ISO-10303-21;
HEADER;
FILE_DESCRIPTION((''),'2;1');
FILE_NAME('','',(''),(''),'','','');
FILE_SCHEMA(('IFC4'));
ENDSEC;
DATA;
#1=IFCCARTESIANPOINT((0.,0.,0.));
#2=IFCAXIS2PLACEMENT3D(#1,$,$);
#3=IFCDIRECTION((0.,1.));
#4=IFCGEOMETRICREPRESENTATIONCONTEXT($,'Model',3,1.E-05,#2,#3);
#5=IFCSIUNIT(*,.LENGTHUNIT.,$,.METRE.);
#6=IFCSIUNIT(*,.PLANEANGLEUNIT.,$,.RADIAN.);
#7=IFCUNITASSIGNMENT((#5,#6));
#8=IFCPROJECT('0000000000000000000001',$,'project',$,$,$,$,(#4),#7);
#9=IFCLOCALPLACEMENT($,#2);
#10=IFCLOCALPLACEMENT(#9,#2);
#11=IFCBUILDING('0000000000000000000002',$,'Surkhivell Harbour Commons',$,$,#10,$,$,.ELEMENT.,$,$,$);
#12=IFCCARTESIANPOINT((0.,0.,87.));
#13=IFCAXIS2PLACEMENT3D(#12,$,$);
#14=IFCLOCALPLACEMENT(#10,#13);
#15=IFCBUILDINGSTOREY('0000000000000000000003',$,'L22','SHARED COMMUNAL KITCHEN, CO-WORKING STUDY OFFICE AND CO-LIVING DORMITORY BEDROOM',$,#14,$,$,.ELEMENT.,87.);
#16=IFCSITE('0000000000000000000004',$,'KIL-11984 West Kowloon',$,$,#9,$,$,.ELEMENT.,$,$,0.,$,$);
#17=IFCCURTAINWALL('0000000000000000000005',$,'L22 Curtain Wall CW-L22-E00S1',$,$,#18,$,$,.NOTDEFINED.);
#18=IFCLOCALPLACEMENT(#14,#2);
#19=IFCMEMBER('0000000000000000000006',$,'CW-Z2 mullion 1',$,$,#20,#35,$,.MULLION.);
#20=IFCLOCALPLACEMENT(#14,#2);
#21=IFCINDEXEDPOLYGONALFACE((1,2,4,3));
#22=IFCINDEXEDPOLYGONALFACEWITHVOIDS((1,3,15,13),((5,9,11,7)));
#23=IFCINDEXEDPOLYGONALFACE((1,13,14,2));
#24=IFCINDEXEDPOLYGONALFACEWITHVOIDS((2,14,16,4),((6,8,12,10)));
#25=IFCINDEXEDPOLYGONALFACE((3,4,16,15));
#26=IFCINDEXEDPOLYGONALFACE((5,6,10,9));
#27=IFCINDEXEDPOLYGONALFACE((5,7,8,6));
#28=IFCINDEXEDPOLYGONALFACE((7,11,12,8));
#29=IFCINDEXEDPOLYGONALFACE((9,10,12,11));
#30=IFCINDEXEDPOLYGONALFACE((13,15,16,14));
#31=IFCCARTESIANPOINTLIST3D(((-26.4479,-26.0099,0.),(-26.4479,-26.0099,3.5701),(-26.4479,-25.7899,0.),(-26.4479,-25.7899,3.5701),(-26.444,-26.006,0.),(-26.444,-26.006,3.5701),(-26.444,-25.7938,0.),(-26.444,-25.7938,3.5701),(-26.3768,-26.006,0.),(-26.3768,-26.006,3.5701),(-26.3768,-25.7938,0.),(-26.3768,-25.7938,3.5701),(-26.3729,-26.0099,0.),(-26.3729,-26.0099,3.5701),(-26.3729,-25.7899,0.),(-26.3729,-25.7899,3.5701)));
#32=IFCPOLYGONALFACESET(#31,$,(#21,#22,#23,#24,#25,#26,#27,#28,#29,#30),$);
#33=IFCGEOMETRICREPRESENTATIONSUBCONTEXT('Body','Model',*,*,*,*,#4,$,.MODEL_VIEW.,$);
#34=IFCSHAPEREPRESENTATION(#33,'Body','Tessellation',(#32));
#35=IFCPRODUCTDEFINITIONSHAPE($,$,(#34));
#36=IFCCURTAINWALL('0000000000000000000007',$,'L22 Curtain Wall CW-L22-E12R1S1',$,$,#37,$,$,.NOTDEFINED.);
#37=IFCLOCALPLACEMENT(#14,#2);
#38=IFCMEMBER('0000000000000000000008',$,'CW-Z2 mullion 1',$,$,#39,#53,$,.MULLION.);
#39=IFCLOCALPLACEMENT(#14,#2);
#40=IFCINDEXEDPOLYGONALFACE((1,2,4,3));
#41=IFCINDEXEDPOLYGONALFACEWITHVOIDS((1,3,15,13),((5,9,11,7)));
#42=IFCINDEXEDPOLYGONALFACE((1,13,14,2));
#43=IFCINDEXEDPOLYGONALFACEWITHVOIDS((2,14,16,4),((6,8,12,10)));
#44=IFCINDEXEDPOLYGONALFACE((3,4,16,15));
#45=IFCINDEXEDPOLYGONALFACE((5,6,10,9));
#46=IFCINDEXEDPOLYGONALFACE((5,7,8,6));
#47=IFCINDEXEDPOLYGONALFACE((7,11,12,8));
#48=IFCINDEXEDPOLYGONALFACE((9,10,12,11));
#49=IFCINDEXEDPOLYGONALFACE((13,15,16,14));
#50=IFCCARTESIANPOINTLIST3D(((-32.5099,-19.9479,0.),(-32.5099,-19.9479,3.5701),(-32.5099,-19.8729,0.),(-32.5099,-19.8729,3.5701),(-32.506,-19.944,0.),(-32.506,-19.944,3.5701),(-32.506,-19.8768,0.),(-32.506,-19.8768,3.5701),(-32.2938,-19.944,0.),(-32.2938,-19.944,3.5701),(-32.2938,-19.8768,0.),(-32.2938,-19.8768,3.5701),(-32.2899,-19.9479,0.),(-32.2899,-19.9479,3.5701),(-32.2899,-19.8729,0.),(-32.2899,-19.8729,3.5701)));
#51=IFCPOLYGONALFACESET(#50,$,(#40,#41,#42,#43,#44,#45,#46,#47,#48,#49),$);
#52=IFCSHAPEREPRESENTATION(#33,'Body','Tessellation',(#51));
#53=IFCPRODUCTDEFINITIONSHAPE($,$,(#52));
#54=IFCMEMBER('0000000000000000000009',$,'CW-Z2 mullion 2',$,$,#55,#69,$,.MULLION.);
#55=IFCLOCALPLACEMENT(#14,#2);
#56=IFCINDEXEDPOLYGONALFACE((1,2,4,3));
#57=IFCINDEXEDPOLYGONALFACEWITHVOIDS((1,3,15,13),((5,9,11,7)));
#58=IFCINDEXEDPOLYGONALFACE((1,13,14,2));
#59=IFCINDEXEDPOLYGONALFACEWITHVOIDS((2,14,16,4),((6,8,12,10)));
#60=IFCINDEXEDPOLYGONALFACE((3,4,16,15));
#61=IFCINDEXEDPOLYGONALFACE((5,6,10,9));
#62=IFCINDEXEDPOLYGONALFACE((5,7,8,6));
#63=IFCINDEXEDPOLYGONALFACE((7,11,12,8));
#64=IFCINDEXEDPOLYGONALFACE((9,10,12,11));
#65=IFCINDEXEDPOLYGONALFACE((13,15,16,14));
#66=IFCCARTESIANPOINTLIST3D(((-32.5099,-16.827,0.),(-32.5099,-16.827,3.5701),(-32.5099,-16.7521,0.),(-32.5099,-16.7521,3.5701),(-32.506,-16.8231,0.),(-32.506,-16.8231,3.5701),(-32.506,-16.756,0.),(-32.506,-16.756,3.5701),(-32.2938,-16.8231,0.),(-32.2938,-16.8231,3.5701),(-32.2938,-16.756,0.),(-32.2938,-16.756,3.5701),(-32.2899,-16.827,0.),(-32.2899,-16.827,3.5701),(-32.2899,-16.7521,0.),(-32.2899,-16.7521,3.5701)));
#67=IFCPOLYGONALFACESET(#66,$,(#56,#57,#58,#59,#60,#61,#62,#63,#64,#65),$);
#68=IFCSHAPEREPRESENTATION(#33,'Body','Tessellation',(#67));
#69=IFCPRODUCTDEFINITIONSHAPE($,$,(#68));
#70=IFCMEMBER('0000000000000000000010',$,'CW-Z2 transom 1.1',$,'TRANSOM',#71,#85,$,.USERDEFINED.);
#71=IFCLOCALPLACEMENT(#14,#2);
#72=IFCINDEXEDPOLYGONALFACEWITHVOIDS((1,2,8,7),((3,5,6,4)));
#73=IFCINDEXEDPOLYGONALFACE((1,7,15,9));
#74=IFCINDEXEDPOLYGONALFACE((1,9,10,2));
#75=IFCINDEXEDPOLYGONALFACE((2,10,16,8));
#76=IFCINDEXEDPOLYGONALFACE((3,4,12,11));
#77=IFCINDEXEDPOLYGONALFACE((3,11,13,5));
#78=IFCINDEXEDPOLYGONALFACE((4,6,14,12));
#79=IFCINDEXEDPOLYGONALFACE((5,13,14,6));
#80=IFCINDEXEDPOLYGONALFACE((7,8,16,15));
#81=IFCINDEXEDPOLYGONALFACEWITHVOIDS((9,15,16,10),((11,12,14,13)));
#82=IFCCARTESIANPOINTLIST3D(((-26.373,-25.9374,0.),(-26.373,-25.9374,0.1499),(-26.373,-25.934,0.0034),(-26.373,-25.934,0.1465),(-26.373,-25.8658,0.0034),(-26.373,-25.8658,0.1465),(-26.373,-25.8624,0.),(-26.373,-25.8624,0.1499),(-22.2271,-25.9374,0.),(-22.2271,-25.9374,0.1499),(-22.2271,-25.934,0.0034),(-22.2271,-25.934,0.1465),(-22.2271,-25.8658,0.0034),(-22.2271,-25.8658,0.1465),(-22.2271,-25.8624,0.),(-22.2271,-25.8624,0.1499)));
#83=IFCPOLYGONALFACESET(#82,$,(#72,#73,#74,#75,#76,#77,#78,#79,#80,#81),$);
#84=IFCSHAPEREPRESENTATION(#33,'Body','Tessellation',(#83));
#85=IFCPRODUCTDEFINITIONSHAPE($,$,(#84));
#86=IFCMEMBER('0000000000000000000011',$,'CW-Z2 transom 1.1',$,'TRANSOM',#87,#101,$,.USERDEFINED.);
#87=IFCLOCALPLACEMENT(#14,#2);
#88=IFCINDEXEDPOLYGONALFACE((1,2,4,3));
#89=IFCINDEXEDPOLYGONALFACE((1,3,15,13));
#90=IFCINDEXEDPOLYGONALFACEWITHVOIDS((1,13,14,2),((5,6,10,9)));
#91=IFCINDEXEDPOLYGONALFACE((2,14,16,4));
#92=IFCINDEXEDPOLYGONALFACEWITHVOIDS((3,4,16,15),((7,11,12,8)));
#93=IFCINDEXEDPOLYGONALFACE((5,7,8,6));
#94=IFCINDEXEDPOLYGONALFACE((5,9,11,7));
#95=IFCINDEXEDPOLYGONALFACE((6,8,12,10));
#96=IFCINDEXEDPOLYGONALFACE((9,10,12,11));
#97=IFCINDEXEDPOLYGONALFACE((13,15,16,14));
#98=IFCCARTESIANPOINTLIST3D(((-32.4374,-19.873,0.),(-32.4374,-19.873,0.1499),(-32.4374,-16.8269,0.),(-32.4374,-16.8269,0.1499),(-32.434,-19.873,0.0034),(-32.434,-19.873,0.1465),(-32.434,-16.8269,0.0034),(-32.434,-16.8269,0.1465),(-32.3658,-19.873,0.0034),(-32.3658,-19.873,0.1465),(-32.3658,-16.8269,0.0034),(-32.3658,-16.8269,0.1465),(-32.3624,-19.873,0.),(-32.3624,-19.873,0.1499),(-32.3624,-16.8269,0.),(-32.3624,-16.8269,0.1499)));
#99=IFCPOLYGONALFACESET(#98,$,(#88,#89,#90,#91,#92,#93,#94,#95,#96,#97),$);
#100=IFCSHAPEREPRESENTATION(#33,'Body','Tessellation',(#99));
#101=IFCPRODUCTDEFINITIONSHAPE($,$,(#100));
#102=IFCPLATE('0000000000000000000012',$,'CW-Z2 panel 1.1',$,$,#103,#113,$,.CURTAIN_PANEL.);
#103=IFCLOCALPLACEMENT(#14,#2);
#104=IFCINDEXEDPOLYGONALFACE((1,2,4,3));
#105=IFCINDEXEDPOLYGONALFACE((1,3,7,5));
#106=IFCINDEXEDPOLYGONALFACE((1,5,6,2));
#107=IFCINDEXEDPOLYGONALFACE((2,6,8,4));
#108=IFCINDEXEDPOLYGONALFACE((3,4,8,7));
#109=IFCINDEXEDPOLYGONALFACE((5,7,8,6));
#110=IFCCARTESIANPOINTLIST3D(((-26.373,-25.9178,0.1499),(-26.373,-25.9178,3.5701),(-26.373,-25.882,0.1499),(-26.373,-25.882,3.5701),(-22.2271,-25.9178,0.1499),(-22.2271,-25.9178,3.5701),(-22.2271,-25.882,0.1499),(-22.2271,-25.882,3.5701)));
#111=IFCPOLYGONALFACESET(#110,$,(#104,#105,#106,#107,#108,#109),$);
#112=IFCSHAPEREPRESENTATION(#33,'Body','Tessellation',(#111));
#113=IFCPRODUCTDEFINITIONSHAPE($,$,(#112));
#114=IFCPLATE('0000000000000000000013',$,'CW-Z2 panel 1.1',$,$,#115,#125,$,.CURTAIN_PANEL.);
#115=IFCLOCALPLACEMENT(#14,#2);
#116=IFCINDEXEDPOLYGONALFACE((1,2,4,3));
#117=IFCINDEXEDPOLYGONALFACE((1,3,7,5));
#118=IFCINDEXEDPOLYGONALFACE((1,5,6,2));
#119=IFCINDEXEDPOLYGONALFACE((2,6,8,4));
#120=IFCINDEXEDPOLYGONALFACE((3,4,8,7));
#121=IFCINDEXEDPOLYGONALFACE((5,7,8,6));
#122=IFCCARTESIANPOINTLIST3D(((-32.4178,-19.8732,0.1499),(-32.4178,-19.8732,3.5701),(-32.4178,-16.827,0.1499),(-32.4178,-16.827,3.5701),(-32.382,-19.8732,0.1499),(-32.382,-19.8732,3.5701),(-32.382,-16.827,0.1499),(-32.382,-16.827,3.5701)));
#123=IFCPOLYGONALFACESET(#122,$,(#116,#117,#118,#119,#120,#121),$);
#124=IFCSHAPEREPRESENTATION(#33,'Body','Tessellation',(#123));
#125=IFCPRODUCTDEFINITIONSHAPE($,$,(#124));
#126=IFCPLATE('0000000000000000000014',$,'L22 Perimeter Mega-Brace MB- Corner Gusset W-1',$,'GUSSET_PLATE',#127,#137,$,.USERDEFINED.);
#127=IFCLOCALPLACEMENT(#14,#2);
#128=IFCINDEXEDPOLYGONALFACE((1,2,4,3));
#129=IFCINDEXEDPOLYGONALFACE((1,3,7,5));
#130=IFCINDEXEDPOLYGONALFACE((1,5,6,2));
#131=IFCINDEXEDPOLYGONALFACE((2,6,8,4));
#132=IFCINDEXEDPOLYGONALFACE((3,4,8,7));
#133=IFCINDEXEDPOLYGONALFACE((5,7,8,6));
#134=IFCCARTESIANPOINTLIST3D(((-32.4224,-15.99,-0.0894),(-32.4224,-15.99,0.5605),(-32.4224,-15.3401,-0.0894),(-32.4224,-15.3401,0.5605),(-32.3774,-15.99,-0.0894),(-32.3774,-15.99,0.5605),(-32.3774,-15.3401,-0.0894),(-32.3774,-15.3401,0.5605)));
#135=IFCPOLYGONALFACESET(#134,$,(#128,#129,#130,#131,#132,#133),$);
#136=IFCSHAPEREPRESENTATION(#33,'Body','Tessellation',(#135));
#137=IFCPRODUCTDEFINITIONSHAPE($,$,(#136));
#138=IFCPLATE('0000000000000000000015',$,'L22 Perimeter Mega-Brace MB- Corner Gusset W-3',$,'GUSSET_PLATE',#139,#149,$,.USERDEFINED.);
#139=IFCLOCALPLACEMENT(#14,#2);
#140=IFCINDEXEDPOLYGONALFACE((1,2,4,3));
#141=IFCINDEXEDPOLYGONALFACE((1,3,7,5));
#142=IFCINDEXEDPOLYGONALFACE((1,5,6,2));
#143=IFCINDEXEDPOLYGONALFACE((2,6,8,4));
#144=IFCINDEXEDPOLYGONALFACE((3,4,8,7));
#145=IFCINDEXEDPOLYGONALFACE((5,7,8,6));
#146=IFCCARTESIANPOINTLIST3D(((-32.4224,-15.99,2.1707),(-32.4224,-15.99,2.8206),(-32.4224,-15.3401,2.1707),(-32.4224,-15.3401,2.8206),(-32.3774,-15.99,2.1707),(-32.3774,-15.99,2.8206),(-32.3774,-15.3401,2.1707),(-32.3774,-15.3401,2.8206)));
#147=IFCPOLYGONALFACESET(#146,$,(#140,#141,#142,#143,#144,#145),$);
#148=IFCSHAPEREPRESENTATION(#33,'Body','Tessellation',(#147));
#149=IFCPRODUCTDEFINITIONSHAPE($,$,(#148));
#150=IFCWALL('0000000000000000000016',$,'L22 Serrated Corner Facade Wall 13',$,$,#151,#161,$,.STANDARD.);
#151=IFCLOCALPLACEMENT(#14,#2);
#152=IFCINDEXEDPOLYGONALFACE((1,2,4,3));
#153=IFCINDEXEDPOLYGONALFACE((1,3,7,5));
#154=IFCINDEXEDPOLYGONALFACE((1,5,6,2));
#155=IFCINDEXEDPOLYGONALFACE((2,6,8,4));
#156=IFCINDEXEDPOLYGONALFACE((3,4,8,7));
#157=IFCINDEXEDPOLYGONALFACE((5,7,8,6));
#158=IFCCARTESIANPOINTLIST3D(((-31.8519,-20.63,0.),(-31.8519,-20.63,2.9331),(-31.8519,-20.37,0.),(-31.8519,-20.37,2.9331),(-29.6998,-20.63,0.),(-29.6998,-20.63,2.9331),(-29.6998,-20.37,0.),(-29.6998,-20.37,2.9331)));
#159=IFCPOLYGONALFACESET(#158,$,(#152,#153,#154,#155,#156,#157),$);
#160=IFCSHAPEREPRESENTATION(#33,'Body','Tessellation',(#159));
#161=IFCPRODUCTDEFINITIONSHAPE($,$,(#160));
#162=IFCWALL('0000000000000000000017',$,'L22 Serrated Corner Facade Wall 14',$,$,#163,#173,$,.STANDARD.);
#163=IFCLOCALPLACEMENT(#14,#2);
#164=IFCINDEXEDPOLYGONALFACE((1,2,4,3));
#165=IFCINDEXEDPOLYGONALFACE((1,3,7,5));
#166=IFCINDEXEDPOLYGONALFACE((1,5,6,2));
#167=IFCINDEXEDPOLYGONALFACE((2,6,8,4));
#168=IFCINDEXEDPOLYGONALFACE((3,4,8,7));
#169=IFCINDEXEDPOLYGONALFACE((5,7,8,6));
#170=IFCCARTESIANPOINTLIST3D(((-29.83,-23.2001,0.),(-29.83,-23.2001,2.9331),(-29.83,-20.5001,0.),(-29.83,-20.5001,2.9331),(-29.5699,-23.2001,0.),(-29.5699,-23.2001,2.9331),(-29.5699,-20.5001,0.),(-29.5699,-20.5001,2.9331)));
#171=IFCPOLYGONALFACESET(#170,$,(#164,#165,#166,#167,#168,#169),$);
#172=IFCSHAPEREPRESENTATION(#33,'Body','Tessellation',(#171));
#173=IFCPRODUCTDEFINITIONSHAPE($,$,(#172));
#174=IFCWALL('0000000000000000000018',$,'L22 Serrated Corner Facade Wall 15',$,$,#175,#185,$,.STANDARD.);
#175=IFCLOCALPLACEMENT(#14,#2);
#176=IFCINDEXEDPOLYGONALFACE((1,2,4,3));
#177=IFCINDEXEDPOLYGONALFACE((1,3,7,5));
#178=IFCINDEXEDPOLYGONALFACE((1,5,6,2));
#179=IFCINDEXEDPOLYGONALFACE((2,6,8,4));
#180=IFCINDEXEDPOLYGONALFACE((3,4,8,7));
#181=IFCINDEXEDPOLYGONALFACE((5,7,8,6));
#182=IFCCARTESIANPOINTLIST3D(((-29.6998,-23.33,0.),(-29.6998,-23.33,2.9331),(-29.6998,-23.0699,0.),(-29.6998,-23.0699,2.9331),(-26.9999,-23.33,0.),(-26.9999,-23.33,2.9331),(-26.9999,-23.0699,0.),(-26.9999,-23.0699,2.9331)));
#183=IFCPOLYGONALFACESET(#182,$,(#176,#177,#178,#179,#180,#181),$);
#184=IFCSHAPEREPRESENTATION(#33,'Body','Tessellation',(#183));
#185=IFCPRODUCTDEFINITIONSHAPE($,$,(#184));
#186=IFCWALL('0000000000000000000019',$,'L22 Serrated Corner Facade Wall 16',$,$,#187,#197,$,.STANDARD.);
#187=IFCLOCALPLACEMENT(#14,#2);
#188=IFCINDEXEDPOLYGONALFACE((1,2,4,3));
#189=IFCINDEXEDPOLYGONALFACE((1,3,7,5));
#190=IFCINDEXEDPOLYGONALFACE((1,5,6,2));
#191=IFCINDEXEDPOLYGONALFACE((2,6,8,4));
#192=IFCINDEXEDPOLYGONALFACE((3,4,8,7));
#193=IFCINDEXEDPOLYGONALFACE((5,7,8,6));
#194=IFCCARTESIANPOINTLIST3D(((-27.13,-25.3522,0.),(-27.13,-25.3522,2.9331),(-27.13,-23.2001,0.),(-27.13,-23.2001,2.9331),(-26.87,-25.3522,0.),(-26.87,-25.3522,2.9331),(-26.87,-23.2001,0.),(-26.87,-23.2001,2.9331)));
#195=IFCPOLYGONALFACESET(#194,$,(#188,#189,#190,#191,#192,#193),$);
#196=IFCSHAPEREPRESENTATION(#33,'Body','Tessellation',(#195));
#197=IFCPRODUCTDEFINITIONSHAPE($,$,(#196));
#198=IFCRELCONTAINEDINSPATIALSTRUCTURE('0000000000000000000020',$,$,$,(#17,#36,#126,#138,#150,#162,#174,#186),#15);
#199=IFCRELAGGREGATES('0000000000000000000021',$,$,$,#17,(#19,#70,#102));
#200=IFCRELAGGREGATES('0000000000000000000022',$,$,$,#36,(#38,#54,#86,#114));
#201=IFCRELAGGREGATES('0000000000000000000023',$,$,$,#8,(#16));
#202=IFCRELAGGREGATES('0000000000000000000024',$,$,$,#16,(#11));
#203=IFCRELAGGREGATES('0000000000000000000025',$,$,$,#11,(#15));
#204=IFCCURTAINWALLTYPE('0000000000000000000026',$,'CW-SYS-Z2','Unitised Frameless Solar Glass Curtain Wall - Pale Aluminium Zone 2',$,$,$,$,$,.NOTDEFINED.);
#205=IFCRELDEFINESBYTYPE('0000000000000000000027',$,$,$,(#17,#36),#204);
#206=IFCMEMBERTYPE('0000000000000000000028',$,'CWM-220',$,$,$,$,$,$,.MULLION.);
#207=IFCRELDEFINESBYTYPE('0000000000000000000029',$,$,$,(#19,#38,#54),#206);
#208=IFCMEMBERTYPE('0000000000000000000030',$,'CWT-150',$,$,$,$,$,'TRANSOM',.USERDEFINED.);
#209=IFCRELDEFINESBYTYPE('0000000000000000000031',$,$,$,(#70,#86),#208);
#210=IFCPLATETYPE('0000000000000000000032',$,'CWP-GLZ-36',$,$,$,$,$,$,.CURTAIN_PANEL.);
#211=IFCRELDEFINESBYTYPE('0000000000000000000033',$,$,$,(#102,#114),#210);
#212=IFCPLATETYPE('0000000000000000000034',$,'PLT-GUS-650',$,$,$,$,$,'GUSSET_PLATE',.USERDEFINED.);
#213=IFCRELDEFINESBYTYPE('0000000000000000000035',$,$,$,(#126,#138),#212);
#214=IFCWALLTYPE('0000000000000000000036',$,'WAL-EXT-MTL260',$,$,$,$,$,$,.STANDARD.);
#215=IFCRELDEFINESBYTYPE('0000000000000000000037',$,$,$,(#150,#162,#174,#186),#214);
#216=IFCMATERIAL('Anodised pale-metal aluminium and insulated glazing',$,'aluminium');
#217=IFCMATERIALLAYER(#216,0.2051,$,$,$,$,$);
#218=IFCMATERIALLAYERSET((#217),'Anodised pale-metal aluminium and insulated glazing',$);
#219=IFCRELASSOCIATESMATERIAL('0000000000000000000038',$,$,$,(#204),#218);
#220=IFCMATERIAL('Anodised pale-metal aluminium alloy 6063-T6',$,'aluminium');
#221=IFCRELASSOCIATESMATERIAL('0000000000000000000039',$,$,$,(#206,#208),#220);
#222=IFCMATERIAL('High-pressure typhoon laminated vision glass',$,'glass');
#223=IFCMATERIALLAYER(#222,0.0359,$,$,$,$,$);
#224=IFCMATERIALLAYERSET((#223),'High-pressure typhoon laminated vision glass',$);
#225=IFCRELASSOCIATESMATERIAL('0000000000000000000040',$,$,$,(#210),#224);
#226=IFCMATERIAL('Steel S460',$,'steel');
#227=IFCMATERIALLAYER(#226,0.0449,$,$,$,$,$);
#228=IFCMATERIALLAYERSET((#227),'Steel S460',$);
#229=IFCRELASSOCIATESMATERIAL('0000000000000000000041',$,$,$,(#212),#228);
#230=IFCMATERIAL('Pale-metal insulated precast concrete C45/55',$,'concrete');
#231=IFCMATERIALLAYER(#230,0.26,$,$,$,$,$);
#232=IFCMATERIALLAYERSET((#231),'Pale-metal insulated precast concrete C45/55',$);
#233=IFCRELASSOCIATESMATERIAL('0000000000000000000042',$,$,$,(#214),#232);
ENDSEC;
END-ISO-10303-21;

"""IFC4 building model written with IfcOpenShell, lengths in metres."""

from ifc_helpers import new_model, si_unit, direction, frame, frame_2d, origin, origin_2d, place, context, subcontext, project, spatial, rectangle, hollow_rectangle, extrude, material, layer, layer_set, material_profile, profile_set, type_object, element, aggregate, save


model = new_model("IFC4")

# Units and contexts
model_context = context("Model", 3, precision=1e-05, world=origin(), true_north=direction((0.0, 1.0)))
body_context = subcontext(model_context, "Body", "Model", "MODEL_VIEW")
ifc_project = project(units=[si_unit("LENGTHUNIT", "METRE"), si_unit("PLANEANGLEUNIT", "RADIAN")], contexts=[model_context])

# Site, building, storey
site_placement = place(None, origin())
site = spatial("IfcSite", under=ifc_project, at=site_placement, Name="KIL-11984 West Kowloon", CompositionType="ELEMENT", RefElevation=0.0)
building_placement = place(site_placement, origin())
building = spatial("IfcBuilding", under=site, at=building_placement, Name="Surkhivell Harbour Commons", CompositionType="ELEMENT")
storey_placement = place(building_placement, frame((0.0, 0.0, 87.0)))
storey = spatial("IfcBuildingStorey", under=building, at=storey_placement, Name="L22", Description="SHARED COMMUNAL KITCHEN, CO-WORKING STUDY OFFICE AND CO-LIVING DORMITORY BEDROOM", CompositionType="ELEMENT", Elevation=87.0)

# Shared definitions
ifc_material_1 = material(Name="Steel S460", Category="steel")

# Curtain wall, member
ifc_material_2 = material(Name="Anodised pale-metal aluminium and insulated glazing", Category="aluminium")
ifc_layer_1 = layer(ifc_material_2, 0.2051)
ifc_layer_set_1 = layer_set([ifc_layer_1], Name="Anodised pale-metal aluminium and insulated glazing")
curtain_wall_type = type_object("IfcCurtainWallType", Name="CW-SYS-Z2", Description="Unitised Frameless Solar Glass Curtain Wall - Pale Aluminium Zone 2", PredefinedType="NOTDEFINED", material=ifc_layer_set_1)
curtain_wall_1_placement = place(storey_placement, origin())
curtain_wall_1 = element("IfcCurtainWall", 1, at=curtain_wall_1_placement, inside=storey, type_object=curtain_wall_type, Name="L22 Curtain Wall CW-L22-E00S1", PredefinedType="NOTDEFINED")
ifc_material_3 = material(Name="Anodised pale-metal aluminium alloy 6063-T6", Category="aluminium")
ifc_material_profile_1 = material_profile(ifc_material_3, hollow_rectangle(XDim=0.075, YDim=0.22, WallThickness=0.0039, at=origin_2d()), Name="ALU-MULL-75x220")
ifc_profile_set_1 = profile_set([ifc_material_profile_1], Name="Anodised pale-metal aluminium alloy 6063-T6")
member_type_1 = type_object("IfcMemberType", Name="CWM-220", PredefinedType="MULLION", material=ifc_profile_set_1)
member_1_placement = place(storey_placement, frame((-26.4104, -25.8999, 0.0), z_axis=(0.0, 0.0, 1.0), x_axis=(1.0, 0.0, 0.0)))
member_1 = element("IfcMember", 2, at=member_1_placement, type_object=member_type_1, Name="CW-Z2 mullion 1", PredefinedType="MULLION", context=body_context, shape_type="SweptSolid", body=[
    extrude(hollow_rectangle(XDim=0.075, YDim=0.22, WallThickness=0.0039, at=origin_2d()), origin(), (0.0, 0.0, 1.0), 3.5701),
])

# Curtain wall, members
curtain_wall_2_placement = place(storey_placement, origin())
curtain_wall_2 = element("IfcCurtainWall", 3, at=curtain_wall_2_placement, inside=storey, type_object=curtain_wall_type, Name="L22 Curtain Wall CW-L22-E12R1S1", PredefinedType="NOTDEFINED")
member_2_placement = place(storey_placement, frame((-32.3999, -19.9104, 0.0), z_axis=(0.0, 0.0, 1.0), x_axis=(0.0, 1.0, 0.0)))
member_2 = element("IfcMember", 4, at=member_2_placement, type_object=member_type_1, Name="CW-Z2 mullion 1", PredefinedType="MULLION", context=body_context, shape_type="SweptSolid", body=[
    extrude(hollow_rectangle(XDim=0.075, YDim=0.22, WallThickness=0.0039, at=origin_2d()), origin(), (0.0, 0.0, 1.0), 3.5701),
])
member_3_placement = place(storey_placement, frame((-32.3999, -16.7896, 0.0), z_axis=(0.0, 0.0, 1.0), x_axis=(0.0, 1.0, 0.0)))
member_3 = element("IfcMember", 5, at=member_3_placement, type_object=member_type_1, Name="CW-Z2 mullion 2", PredefinedType="MULLION", context=body_context, shape_type="SweptSolid", body=[
    extrude(hollow_rectangle(XDim=0.075, YDim=0.22, WallThickness=0.0039, at=origin_2d()), origin(), (0.0, 0.0, 1.0), 3.5701),
])

# Members
ifc_material_profile_2 = material_profile(ifc_material_3, hollow_rectangle(XDim=0.075, YDim=0.1499, WallThickness=0.0034, at=origin_2d()), Name="ALU-TRAN-75x150")
ifc_profile_set_2 = profile_set([ifc_material_profile_2], Name="Anodised pale-metal aluminium alloy 6063-T6")
member_type_2 = type_object("IfcMemberType", Name="CWT-150", ElementType="TRANSOM", PredefinedType="USERDEFINED", material=ifc_profile_set_2)
member_4_placement = place(storey_placement, frame((-26.373, -25.8999, 0.075), z_axis=(1.0, 0.0, 0.0), x_axis=(0.0, 1.0, 0.0)))
member_4 = element("IfcMember", 6, at=member_4_placement, type_object=member_type_2, Name="CW-Z2 transom 1.1", ObjectType="TRANSOM", PredefinedType="USERDEFINED", context=body_context, shape_type="SweptSolid", body=[
    extrude(hollow_rectangle(XDim=0.075, YDim=0.1499, WallThickness=0.0034, at=origin_2d()), origin(), (0.0, 0.0, 1.0), 4.146),
])
member_5_placement = place(storey_placement, frame((-32.3999, -19.873, 0.075), z_axis=(0.0, 1.0, 0.0), x_axis=(-1.0, 0.0, 0.0)))
member_5 = element("IfcMember", 7, at=member_5_placement, type_object=member_type_2, Name="CW-Z2 transom 1.1", ObjectType="TRANSOM", PredefinedType="USERDEFINED", context=body_context, shape_type="SweptSolid", body=[
    extrude(hollow_rectangle(XDim=0.075, YDim=0.1499, WallThickness=0.0034, at=origin_2d()), origin(), (0.0, 0.0, 1.0), 3.0461),
])

# Plates
ifc_material_4 = material(Name="High-pressure typhoon laminated vision glass", Category="glass")
ifc_layer_2 = layer(ifc_material_4, 0.0359)
ifc_layer_set_2 = layer_set([ifc_layer_2], Name="High-pressure typhoon laminated vision glass")
plate_type_1 = type_object("IfcPlateType", Name="CWP-GLZ-36", PredefinedType="CURTAIN_PANEL", material=ifc_layer_set_2)
plate_1_placement = place(storey_placement, frame((-26.373, -25.8999, 0.1499), z_axis=(0.0, 0.0, 1.0), x_axis=(1.0, 0.0, 0.0)))
plate_1 = element("IfcPlate", 8, at=plate_1_placement, type_object=plate_type_1, Name="CW-Z2 panel 1.1", PredefinedType="CURTAIN_PANEL", context=body_context, shape_type="SweptSolid", body=[
    extrude(rectangle(XDim=4.146, YDim=0.0359, at=frame_2d((2.073, 0.0))), origin(), (0.0, 0.0, 1.0), 3.4202),
])
aggregate(curtain_wall_1, [member_1, member_4, plate_1])
plate_2_placement = place(storey_placement, frame((-32.3999, -19.873, 0.1499), z_axis=(0.0, 0.0, 1.0), x_axis=(0.0, 1.0, 0.0)))
plate_2 = element("IfcPlate", 9, at=plate_2_placement, type_object=plate_type_1, Name="CW-Z2 panel 1.1", PredefinedType="CURTAIN_PANEL", context=body_context, shape_type="SweptSolid", body=[
    extrude(rectangle(XDim=3.0461, YDim=0.0359, at=frame_2d((1.5229, 0.0))), origin(), (0.0, 0.0, 1.0), 3.4202),
])
aggregate(curtain_wall_2, [member_2, member_3, member_5, plate_2])

# Plates
ifc_layer_3 = layer(ifc_material_1, 0.0449)
ifc_layer_set_3 = layer_set([ifc_layer_3], Name="Steel S460")
plate_type_2 = type_object("IfcPlateType", Name="PLT-GUS-650", ElementType="GUSSET_PLATE", PredefinedType="USERDEFINED", material=ifc_layer_set_3)
for number, where, z_axis, x_axis, name in (
    (10, (-32.3999, -15.665, -0.0894), (0.0, 0.0, 1.0), (0.0, 1.0, 0.0), "L22 Perimeter Mega-Brace MB- Corner Gusset W-1"),
    (11, (-32.3999, -15.665, 2.1707), (0.0, 0.0, 1.0), (0.0, 1.0, 0.0), "L22 Perimeter Mega-Brace MB- Corner Gusset W-3"),
):
    element("IfcPlate", number, at=place(storey_placement, frame(where, z_axis=z_axis, x_axis=x_axis)), inside=storey, type_object=plate_type_2, Name=name, ObjectType="GUSSET_PLATE", PredefinedType="USERDEFINED", context=body_context, shape_type="SweptSolid", body=[
        extrude(rectangle(XDim=0.6499, YDim=0.0449, at=origin_2d()), origin(), (0.0, 0.0, 1.0), 0.6499),
    ])

# Walls
ifc_material_5 = material(Name="Pale-metal insulated precast concrete C45/55", Category="concrete")
ifc_layer_4 = layer(ifc_material_5, 0.26)
ifc_layer_set_4 = layer_set([ifc_layer_4], Name="Pale-metal insulated precast concrete C45/55")
wall_type = type_object("IfcWallType", Name="WAL-EXT-MTL260", PredefinedType="STANDARD", material=ifc_layer_set_4)
wall_1_placement = place(storey_placement, frame((-31.8521, -20.5, 0.0), z_axis=(0.0, 0.0, 1.0), x_axis=(1.0, 0.0, 0.0)))
element("IfcWall", 12, at=wall_1_placement, inside=storey, type_object=wall_type, Name="L22 Serrated Corner Facade Wall 13", PredefinedType="STANDARD", context=body_context, shape_type="SweptSolid", body=[
    extrude(rectangle(XDim=2.1521, YDim=0.26, at=frame_2d((1.0762, 0.0))), origin(), (0.0, 0.0, 1.0), 2.9331),
])
for number, where, z_axis, x_axis, name in (
    (13, (-29.7, -20.5, 0.0), (0.0, 0.0, 1.0), (0.0, -1.0, 0.0), "L22 Serrated Corner Facade Wall 14"),
    (14, (-29.7, -23.2, 0.0), (0.0, 0.0, 1.0), (1.0, 0.0, 0.0), "L22 Serrated Corner Facade Wall 15"),
):
    element("IfcWall", number, at=place(storey_placement, frame(where, z_axis=z_axis, x_axis=x_axis)), inside=storey, type_object=wall_type, Name=name, PredefinedType="STANDARD", context=body_context, shape_type="SweptSolid", body=[
        extrude(rectangle(XDim=2.7, YDim=0.26, at=frame_2d((1.3501, 0.0))), origin(), (0.0, 0.0, 1.0), 2.9331),
    ])
wall_2_placement = place(storey_placement, frame((-27.0, -23.2, 0.0), z_axis=(0.0, 0.0, 1.0), x_axis=(0.0, -1.0, 0.0)))
element("IfcWall", 15, at=wall_2_placement, inside=storey, type_object=wall_type, Name="L22 Serrated Corner Facade Wall 16", PredefinedType="STANDARD", context=body_context, shape_type="SweptSolid", body=[
    extrude(rectangle(XDim=2.1521, YDim=0.26, at=frame_2d((1.0762, 0.0))), origin(), (0.0, 0.0, 1.0), 2.9331),
])

save(model, "model.ifc")
